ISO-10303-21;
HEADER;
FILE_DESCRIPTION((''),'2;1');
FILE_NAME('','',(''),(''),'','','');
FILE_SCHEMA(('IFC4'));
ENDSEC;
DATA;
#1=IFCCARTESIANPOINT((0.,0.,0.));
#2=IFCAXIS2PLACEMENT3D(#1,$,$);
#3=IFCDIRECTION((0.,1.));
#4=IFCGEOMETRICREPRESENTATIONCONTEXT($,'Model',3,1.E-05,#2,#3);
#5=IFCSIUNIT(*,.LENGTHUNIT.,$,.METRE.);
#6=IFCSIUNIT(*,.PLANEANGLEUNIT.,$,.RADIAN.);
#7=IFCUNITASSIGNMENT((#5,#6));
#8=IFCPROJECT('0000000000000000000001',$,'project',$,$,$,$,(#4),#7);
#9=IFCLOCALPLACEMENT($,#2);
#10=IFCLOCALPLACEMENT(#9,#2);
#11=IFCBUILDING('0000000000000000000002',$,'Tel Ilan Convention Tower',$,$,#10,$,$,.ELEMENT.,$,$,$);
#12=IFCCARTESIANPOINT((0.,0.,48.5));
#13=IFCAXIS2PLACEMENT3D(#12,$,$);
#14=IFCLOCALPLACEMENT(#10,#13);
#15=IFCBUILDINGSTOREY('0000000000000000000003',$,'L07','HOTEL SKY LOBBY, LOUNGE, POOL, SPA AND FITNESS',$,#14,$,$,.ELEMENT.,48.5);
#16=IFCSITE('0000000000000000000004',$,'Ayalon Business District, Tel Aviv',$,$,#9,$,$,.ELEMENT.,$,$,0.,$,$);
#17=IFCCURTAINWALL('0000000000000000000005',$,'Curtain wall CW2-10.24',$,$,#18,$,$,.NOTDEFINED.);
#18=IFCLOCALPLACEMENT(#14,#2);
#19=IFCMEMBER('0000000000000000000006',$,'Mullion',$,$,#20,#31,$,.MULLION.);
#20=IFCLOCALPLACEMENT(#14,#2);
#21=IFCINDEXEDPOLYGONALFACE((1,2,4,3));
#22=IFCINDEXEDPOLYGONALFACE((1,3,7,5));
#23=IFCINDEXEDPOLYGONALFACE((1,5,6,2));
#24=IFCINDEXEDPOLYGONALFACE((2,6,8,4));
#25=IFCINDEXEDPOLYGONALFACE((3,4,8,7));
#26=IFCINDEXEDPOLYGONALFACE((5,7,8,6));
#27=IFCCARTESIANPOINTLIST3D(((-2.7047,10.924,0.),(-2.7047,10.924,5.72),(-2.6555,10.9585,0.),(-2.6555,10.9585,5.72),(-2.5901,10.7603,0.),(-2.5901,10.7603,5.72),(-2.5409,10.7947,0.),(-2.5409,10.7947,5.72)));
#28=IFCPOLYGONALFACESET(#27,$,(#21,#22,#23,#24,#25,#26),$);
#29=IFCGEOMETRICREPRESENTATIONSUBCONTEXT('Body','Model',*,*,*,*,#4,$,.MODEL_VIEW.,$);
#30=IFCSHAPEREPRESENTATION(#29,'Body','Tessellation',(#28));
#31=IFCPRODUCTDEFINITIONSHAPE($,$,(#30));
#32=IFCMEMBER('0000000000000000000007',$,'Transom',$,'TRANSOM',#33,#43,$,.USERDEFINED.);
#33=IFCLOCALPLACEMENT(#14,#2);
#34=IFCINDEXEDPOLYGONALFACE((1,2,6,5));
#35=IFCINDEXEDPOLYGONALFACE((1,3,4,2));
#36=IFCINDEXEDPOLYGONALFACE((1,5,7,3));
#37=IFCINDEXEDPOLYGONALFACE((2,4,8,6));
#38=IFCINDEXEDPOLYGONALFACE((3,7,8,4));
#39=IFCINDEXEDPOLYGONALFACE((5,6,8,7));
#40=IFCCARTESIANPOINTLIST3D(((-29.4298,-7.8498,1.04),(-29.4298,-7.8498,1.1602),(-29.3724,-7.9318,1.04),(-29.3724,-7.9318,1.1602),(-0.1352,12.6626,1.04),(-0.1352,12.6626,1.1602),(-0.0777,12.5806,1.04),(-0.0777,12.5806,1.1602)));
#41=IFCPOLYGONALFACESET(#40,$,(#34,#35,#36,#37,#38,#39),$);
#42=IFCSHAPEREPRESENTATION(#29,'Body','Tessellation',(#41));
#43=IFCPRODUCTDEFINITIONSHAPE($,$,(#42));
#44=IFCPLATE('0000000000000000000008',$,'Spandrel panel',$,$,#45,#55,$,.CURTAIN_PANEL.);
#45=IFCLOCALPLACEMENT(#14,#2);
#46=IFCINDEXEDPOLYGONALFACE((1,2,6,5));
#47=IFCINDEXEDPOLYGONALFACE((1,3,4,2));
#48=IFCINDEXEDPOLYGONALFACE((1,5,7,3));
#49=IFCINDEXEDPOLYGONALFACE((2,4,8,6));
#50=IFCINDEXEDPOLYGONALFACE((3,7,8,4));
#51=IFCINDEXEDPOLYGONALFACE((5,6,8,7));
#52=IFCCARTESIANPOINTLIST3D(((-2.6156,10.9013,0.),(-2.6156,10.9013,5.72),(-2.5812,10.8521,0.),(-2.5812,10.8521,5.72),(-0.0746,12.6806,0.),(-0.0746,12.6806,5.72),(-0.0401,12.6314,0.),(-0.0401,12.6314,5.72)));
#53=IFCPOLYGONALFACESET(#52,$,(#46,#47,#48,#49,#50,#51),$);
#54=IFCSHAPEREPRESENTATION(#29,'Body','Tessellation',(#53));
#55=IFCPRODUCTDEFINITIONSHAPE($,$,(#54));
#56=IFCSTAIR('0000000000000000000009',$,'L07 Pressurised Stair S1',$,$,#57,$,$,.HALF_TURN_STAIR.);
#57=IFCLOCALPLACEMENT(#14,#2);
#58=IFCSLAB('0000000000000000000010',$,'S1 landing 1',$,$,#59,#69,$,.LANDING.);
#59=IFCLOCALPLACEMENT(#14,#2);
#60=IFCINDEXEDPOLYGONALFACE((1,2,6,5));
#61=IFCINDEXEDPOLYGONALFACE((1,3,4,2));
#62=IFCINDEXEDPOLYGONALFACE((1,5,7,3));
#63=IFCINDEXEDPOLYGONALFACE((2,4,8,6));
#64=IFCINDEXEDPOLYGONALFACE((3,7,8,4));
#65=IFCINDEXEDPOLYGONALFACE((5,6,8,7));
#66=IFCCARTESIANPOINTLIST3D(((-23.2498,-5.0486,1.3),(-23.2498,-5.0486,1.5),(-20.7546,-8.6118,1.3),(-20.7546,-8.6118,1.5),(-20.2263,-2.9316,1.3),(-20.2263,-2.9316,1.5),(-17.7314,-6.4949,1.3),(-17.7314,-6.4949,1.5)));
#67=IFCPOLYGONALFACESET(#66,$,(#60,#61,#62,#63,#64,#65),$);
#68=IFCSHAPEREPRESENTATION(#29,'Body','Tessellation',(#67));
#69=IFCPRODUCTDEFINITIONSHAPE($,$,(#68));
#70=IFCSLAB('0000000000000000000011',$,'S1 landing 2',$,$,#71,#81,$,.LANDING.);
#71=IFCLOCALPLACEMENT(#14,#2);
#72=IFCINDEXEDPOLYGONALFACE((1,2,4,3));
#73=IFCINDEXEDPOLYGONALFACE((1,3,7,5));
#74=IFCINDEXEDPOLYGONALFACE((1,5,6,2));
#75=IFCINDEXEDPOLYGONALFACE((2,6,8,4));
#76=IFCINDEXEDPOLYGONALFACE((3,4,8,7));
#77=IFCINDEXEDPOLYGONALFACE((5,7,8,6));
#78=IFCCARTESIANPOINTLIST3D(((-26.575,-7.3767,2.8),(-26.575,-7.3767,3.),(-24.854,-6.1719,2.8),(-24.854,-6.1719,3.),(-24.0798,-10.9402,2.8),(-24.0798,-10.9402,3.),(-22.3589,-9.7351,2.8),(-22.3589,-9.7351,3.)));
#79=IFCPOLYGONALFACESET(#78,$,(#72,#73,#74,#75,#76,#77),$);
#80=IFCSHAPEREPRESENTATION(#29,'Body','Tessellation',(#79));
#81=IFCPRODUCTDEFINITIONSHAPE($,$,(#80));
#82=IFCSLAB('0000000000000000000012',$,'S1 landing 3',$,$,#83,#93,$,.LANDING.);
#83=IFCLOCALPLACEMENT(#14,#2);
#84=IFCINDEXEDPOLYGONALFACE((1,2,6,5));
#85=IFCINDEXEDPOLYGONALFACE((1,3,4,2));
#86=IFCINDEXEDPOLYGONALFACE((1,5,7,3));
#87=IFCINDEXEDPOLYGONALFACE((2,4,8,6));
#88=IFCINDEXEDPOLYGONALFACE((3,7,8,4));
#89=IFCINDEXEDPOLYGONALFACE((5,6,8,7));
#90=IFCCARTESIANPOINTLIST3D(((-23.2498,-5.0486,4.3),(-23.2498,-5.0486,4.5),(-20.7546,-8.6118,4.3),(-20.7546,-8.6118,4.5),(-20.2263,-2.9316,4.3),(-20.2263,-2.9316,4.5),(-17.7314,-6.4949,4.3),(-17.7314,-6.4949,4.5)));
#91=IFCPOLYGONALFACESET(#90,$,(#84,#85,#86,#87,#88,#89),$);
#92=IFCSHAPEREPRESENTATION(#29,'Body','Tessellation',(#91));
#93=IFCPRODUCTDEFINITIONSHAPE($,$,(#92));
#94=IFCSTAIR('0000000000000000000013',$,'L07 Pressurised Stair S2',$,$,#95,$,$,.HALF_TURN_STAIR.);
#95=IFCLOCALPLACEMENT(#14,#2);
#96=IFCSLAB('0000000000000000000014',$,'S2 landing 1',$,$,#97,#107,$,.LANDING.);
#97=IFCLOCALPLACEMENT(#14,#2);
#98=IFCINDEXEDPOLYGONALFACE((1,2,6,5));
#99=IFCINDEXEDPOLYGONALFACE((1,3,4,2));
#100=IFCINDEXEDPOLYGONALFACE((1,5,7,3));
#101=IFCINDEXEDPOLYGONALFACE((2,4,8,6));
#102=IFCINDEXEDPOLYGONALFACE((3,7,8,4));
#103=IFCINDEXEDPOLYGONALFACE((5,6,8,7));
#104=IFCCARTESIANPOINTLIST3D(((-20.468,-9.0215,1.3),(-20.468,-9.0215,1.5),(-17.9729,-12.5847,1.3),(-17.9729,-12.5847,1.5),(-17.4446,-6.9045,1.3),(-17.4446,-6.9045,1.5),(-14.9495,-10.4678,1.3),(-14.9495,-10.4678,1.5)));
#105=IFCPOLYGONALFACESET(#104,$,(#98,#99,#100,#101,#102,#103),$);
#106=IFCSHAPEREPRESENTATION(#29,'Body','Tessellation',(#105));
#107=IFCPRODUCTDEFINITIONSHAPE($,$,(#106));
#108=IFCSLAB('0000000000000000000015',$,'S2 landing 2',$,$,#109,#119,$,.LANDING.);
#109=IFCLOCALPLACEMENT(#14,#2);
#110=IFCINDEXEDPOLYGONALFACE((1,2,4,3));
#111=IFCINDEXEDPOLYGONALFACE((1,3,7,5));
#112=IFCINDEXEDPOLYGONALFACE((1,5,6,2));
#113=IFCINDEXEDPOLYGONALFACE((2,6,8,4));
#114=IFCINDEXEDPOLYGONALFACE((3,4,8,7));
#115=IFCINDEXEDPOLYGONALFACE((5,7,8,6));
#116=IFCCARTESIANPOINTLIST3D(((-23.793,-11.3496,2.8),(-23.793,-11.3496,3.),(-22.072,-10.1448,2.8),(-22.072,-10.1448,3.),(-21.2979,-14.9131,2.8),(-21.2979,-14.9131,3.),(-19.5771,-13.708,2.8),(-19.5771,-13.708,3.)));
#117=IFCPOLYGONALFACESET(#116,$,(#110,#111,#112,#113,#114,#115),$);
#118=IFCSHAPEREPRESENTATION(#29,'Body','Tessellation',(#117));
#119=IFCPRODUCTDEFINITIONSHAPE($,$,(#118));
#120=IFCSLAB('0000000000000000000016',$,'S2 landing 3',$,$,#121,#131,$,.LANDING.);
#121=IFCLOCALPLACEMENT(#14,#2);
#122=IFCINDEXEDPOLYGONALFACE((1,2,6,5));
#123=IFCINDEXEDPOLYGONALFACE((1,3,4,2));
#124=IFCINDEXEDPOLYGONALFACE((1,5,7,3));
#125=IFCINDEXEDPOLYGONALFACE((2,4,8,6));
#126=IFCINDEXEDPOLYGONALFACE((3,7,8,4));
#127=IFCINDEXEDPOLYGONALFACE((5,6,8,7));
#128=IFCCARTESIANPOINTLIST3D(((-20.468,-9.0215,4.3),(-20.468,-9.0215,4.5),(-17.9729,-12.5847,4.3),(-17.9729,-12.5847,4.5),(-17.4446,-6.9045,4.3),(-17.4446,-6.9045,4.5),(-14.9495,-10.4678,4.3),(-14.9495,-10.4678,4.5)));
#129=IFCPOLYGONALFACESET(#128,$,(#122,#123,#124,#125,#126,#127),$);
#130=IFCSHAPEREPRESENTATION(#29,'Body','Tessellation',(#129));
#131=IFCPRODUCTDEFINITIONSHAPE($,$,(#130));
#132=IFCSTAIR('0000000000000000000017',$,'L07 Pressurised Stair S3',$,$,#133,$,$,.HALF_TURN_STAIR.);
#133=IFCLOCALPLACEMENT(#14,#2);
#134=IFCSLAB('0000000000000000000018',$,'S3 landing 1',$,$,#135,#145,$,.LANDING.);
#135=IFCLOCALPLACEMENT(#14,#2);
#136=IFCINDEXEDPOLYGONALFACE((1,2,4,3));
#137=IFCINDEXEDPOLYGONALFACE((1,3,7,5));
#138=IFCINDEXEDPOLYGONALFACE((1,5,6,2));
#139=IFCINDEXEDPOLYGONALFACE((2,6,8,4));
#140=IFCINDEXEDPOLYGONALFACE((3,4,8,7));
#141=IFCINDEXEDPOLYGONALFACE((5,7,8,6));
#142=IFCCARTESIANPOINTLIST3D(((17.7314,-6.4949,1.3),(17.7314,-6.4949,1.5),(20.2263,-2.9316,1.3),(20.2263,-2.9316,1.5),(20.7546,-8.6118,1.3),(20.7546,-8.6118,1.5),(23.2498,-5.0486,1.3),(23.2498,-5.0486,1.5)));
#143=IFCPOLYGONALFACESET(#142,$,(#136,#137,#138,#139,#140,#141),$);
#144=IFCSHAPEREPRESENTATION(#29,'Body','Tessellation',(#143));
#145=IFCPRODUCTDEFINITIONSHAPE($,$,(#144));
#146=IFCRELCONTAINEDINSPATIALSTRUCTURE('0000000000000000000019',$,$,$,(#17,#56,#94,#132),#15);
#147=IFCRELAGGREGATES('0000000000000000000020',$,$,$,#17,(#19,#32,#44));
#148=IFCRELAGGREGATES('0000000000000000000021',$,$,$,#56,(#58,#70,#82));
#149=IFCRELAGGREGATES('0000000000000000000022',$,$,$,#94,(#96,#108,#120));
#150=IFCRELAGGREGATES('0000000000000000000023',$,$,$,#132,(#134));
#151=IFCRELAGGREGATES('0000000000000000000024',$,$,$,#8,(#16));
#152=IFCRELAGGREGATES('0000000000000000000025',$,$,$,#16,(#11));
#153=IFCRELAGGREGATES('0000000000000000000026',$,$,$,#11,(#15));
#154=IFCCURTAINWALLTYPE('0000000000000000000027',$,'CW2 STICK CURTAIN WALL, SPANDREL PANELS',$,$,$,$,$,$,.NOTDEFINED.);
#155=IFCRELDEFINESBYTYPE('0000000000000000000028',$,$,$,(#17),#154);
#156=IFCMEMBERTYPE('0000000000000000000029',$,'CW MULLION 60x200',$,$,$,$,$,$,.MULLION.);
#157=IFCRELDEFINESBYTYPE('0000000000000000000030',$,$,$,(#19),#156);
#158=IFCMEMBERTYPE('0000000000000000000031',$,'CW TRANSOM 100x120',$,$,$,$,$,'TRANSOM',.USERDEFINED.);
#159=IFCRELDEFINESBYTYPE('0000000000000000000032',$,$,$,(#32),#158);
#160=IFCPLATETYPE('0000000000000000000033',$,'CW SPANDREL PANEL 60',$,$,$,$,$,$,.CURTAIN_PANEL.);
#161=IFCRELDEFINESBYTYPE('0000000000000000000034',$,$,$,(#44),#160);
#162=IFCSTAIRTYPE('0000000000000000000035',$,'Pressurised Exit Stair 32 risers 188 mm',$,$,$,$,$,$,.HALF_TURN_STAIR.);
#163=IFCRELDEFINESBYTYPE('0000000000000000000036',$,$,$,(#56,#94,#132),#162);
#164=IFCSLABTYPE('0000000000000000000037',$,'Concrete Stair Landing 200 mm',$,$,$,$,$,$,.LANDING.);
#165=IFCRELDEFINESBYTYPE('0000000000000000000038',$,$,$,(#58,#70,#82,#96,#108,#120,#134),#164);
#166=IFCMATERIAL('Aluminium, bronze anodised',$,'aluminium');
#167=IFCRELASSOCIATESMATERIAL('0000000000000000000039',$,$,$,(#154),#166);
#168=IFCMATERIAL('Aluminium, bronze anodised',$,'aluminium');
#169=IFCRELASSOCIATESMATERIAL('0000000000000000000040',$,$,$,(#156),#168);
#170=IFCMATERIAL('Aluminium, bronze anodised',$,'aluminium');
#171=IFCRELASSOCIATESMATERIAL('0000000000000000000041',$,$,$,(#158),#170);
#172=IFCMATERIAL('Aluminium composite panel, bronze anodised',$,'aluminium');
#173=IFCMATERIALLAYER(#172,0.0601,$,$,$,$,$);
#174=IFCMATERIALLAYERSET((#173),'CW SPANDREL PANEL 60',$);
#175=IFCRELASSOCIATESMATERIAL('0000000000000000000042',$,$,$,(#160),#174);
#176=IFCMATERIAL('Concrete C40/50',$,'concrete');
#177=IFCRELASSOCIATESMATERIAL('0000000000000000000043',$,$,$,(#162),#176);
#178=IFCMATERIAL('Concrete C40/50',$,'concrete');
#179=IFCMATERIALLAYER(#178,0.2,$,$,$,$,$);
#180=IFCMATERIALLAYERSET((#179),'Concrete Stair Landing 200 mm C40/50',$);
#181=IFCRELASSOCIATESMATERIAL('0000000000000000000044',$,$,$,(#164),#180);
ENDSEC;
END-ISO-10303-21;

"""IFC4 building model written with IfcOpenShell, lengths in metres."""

from ifc_helpers import new_model, si_unit, direction, frame, origin, origin_2d, place, context, subcontext, project, spatial, polyline, rectangle, outline, extrude, material, layer, layer_set, material_profile, profile_set, type_object, element, aggregate, save


model = new_model("IFC4")

# Units and contexts
model_context = context("Model", 3, precision=1e-05, world=origin(), true_north=direction((0.0, 1.0)))
body_context = subcontext(model_context, "Body", "Model", "MODEL_VIEW")
ifc_project = project(units=[si_unit("LENGTHUNIT", "METRE"), si_unit("PLANEANGLEUNIT", "RADIAN")], contexts=[model_context])

# Site, building, storey
site_placement = place(None, origin())
site = spatial("IfcSite", under=ifc_project, at=site_placement, Name="Ayalon Business District, Tel Aviv", CompositionType="ELEMENT", RefElevation=0.0)
building_placement = place(site_placement, origin())
building = spatial("IfcBuilding", under=site, at=building_placement, Name="Tel Ilan Convention Tower", CompositionType="ELEMENT")
storey_placement = place(building_placement, frame((0.0, 0.0, 48.5)))
storey = spatial("IfcBuildingStorey", under=building, at=storey_placement, Name="L07", Description="HOTEL SKY LOBBY, LOUNGE, POOL, SPA AND FITNESS", CompositionType="ELEMENT", Elevation=48.5)

# Curtain wall, members, plate
ifc_material_1 = material(Name="Aluminium, bronze anodised", Category="aluminium")
curtain_wall_type = type_object("IfcCurtainWallType", Name="CW2 STICK CURTAIN WALL, SPANDREL PANELS", PredefinedType="NOTDEFINED", material=ifc_material_1)
curtain_wall_placement = place(storey_placement, origin())
curtain_wall = element("IfcCurtainWall", 1, at=curtain_wall_placement, inside=storey, type_object=curtain_wall_type, Name="Curtain wall CW2-10.24", PredefinedType="NOTDEFINED")
ifc_material_2 = material(Name="Aluminium, bronze anodised", Category="aluminium")
ifc_material_profile_1 = material_profile(ifc_material_2, rectangle(XDim=0.0601, YDim=0.2, at=origin_2d()), Name="CW MULLION 60x200")
ifc_profile_set_1 = profile_set([ifc_material_profile_1], Name="Aluminium, bronze anodised")
member_type_1 = type_object("IfcMemberType", Name="CW MULLION 60x200", PredefinedType="MULLION", material=ifc_profile_set_1)
member_1_placement = place(storey_placement, frame((-2.6228, 10.8594, 0.0), z_axis=(0.0, 0.0, 1.0), x_axis=(-0.819152, -0.573576, 0.0)))
member_1 = element("IfcMember", 2, at=member_1_placement, type_object=member_type_1, Name="Mullion", PredefinedType="MULLION", context=body_context, shape_type="SweptSolid", body=[
    extrude(rectangle(XDim=0.0601, YDim=0.2, at=origin_2d()), origin(), (0.0, 0.0, 1.0), 5.72),
])
ifc_material_3 = material(Name="Aluminium, bronze anodised", Category="aluminium")
ifc_material_profile_2 = material_profile(ifc_material_3, rectangle(XDim=0.1001, YDim=0.1201, at=origin_2d()), Name="CW TRANSOM 100x120")
ifc_profile_set_2 = profile_set([ifc_material_profile_2], Name="Aluminium, bronze anodised")
member_type_2 = type_object("IfcMemberType", Name="CW TRANSOM 100x120", ElementType="TRANSOM", PredefinedType="USERDEFINED", material=ifc_profile_set_2)
member_2_placement = place(storey_placement, frame((-0.1064, 12.6216, 1.1001), z_axis=(-0.819151, -0.573578, 0.0), x_axis=(0.573578, -0.819151, 0.0)))
member_2 = element("IfcMember", 3, at=member_2_placement, type_object=member_type_2, Name="Transom", ObjectType="TRANSOM", PredefinedType="USERDEFINED", context=body_context, shape_type="SweptSolid", body=[
    extrude(rectangle(XDim=0.1001, YDim=0.1201, at=origin_2d()), origin(), (0.0, 0.0, 1.0), 35.7622),
])
ifc_material_4 = material(Name="Aluminium composite panel, bronze anodised", Category="aluminium")
ifc_layer_1 = layer(ifc_material_4, 0.0601)
ifc_layer_set_1 = layer_set([ifc_layer_1], Name="CW SPANDREL PANEL 60")
plate_type = type_object("IfcPlateType", Name="CW SPANDREL PANEL 60", PredefinedType="CURTAIN_PANEL", material=ifc_layer_set_1)
plate_placement = place(storey_placement, frame((-1.3279, 11.7664, 0.0), z_axis=(0.0, 0.0, 1.0), x_axis=(-0.819152, -0.573576, 0.0)))
plate = element("IfcPlate", 4, at=plate_placement, type_object=plate_type, Name="Spandrel panel", PredefinedType="CURTAIN_PANEL", context=body_context, shape_type="SweptSolid", body=[
    extrude(rectangle(XDim=3.1021, YDim=0.0601, at=origin_2d()), origin(), (0.0, 0.0, 1.0), 5.72),
])
aggregate(curtain_wall, [member_1, member_2, plate])

# Stairs, slabs
ifc_material_5 = material(Name="Concrete C40/50", Category="concrete")
stair_type = type_object("IfcStairType", Name="Pressurised Exit Stair 32 risers 188 mm", PredefinedType="HALF_TURN_STAIR", material=ifc_material_5)
stair_1_placement = place(storey_placement, origin())
stair_1 = element("IfcStair", 5, at=stair_1_placement, inside=storey, type_object=stair_type, Name="L07 Pressurised Stair S1", PredefinedType="HALF_TURN_STAIR")
ifc_material_6 = material(Name="Concrete C40/50", Category="concrete")
ifc_layer_2 = layer(ifc_material_6, 0.2)
ifc_layer_set_2 = layer_set([ifc_layer_2], Name="Concrete Stair Landing 200 mm C40/50")
slab_type_1 = type_object("IfcSlabType", Name="Concrete Stair Landing 200 mm", PredefinedType="LANDING", material=ifc_layer_set_2)
slab_1_placement = place(storey_placement, frame((0.0, 0.0, 1.3)))
slab_1 = element("IfcSlab", 6, at=slab_1_placement, type_object=slab_type_1, Name="S1 landing 1", PredefinedType="LANDING", context=body_context, shape_type="SweptSolid", body=[
    extrude(outline(polyline([(-20.7546, -8.6118), (-17.7314, -6.4949), (-20.2263, -2.9316), (-23.2498, -5.0486), (-20.7546, -8.6118)])), origin(), (0.0, 0.0, 1.0), 0.2),
])
slab_2_placement = place(storey_placement, frame((0.0, 0.0, 2.8)))
slab_2 = element("IfcSlab", 7, at=slab_2_placement, type_object=slab_type_1, Name="S1 landing 2", PredefinedType="LANDING", context=body_context, shape_type="SweptSolid", body=[
    extrude(outline(polyline([(-24.0798, -10.9402), (-22.3589, -9.7351), (-24.854, -6.1719), (-26.575, -7.3767), (-24.0798, -10.9402)])), origin(), (0.0, 0.0, 1.0), 0.2),
])
slab_3_placement = place(storey_placement, frame((0.0, 0.0, 4.3)))
slab_3 = element("IfcSlab", 8, at=slab_3_placement, type_object=slab_type_1, Name="S1 landing 3", PredefinedType="LANDING", context=body_context, shape_type="SweptSolid", body=[
    extrude(outline(polyline([(-20.7546, -8.6118), (-17.7314, -6.4949), (-20.2263, -2.9316), (-23.2498, -5.0486), (-20.7546, -8.6118)])), origin(), (0.0, 0.0, 1.0), 0.2),
])
aggregate(stair_1, [slab_1, slab_2, slab_3])
stair_2_placement = place(storey_placement, origin())
stair_2 = element("IfcStair", 9, at=stair_2_placement, inside=storey, type_object=stair_type, Name="L07 Pressurised Stair S2", PredefinedType="HALF_TURN_STAIR")
slab_4_placement = place(storey_placement, frame((0.0, 0.0, 1.3)))
slab_4 = element("IfcSlab", 10, at=slab_4_placement, type_object=slab_type_1, Name="S2 landing 1", PredefinedType="LANDING", context=body_context, shape_type="SweptSolid", body=[
    extrude(outline(polyline([(-17.9729, -12.5847), (-14.9495, -10.4678), (-17.4446, -6.9045), (-20.468, -9.0215), (-17.9729, -12.5847)])), origin(), (0.0, 0.0, 1.0), 0.2),
])
slab_5_placement = place(storey_placement, frame((0.0, 0.0, 2.8)))
slab_5 = element("IfcSlab", 11, at=slab_5_placement, type_object=slab_type_1, Name="S2 landing 2", PredefinedType="LANDING", context=body_context, shape_type="SweptSolid", body=[
    extrude(outline(polyline([(-21.2979, -14.9131), (-19.5771, -13.708), (-22.072, -10.1448), (-23.793, -11.3496), (-21.2979, -14.9131)])), origin(), (0.0, 0.0, 1.0), 0.2),
])
slab_6_placement = place(storey_placement, frame((0.0, 0.0, 4.3)))
slab_6 = element("IfcSlab", 12, at=slab_6_placement, type_object=slab_type_1, Name="S2 landing 3", PredefinedType="LANDING", context=body_context, shape_type="SweptSolid", body=[
    extrude(outline(polyline([(-17.9729, -12.5847), (-14.9495, -10.4678), (-17.4446, -6.9045), (-20.468, -9.0215), (-17.9729, -12.5847)])), origin(), (0.0, 0.0, 1.0), 0.2),
])
aggregate(stair_2, [slab_4, slab_5, slab_6])

# Stair, slab
stair_3_placement = place(storey_placement, origin())
stair_3 = element("IfcStair", 13, at=stair_3_placement, inside=storey, type_object=stair_type, Name="L07 Pressurised Stair S3", PredefinedType="HALF_TURN_STAIR")
slab_7_placement = place(storey_placement, frame((0.0, 0.0, 1.3)))
slab_7 = element("IfcSlab", 14, at=slab_7_placement, type_object=slab_type_1, Name="S3 landing 1", PredefinedType="LANDING", context=body_context, shape_type="SweptSolid", body=[
    extrude(outline(polyline([(23.2498, -5.0486), (20.2263, -2.9316), (17.7314, -6.4949), (20.7546, -8.6118), (23.2498, -5.0486)])), origin(), (0.0, 0.0, 1.0), 0.2),
])
aggregate(stair_3, [slab_7])

save(model, "model.ifc")
